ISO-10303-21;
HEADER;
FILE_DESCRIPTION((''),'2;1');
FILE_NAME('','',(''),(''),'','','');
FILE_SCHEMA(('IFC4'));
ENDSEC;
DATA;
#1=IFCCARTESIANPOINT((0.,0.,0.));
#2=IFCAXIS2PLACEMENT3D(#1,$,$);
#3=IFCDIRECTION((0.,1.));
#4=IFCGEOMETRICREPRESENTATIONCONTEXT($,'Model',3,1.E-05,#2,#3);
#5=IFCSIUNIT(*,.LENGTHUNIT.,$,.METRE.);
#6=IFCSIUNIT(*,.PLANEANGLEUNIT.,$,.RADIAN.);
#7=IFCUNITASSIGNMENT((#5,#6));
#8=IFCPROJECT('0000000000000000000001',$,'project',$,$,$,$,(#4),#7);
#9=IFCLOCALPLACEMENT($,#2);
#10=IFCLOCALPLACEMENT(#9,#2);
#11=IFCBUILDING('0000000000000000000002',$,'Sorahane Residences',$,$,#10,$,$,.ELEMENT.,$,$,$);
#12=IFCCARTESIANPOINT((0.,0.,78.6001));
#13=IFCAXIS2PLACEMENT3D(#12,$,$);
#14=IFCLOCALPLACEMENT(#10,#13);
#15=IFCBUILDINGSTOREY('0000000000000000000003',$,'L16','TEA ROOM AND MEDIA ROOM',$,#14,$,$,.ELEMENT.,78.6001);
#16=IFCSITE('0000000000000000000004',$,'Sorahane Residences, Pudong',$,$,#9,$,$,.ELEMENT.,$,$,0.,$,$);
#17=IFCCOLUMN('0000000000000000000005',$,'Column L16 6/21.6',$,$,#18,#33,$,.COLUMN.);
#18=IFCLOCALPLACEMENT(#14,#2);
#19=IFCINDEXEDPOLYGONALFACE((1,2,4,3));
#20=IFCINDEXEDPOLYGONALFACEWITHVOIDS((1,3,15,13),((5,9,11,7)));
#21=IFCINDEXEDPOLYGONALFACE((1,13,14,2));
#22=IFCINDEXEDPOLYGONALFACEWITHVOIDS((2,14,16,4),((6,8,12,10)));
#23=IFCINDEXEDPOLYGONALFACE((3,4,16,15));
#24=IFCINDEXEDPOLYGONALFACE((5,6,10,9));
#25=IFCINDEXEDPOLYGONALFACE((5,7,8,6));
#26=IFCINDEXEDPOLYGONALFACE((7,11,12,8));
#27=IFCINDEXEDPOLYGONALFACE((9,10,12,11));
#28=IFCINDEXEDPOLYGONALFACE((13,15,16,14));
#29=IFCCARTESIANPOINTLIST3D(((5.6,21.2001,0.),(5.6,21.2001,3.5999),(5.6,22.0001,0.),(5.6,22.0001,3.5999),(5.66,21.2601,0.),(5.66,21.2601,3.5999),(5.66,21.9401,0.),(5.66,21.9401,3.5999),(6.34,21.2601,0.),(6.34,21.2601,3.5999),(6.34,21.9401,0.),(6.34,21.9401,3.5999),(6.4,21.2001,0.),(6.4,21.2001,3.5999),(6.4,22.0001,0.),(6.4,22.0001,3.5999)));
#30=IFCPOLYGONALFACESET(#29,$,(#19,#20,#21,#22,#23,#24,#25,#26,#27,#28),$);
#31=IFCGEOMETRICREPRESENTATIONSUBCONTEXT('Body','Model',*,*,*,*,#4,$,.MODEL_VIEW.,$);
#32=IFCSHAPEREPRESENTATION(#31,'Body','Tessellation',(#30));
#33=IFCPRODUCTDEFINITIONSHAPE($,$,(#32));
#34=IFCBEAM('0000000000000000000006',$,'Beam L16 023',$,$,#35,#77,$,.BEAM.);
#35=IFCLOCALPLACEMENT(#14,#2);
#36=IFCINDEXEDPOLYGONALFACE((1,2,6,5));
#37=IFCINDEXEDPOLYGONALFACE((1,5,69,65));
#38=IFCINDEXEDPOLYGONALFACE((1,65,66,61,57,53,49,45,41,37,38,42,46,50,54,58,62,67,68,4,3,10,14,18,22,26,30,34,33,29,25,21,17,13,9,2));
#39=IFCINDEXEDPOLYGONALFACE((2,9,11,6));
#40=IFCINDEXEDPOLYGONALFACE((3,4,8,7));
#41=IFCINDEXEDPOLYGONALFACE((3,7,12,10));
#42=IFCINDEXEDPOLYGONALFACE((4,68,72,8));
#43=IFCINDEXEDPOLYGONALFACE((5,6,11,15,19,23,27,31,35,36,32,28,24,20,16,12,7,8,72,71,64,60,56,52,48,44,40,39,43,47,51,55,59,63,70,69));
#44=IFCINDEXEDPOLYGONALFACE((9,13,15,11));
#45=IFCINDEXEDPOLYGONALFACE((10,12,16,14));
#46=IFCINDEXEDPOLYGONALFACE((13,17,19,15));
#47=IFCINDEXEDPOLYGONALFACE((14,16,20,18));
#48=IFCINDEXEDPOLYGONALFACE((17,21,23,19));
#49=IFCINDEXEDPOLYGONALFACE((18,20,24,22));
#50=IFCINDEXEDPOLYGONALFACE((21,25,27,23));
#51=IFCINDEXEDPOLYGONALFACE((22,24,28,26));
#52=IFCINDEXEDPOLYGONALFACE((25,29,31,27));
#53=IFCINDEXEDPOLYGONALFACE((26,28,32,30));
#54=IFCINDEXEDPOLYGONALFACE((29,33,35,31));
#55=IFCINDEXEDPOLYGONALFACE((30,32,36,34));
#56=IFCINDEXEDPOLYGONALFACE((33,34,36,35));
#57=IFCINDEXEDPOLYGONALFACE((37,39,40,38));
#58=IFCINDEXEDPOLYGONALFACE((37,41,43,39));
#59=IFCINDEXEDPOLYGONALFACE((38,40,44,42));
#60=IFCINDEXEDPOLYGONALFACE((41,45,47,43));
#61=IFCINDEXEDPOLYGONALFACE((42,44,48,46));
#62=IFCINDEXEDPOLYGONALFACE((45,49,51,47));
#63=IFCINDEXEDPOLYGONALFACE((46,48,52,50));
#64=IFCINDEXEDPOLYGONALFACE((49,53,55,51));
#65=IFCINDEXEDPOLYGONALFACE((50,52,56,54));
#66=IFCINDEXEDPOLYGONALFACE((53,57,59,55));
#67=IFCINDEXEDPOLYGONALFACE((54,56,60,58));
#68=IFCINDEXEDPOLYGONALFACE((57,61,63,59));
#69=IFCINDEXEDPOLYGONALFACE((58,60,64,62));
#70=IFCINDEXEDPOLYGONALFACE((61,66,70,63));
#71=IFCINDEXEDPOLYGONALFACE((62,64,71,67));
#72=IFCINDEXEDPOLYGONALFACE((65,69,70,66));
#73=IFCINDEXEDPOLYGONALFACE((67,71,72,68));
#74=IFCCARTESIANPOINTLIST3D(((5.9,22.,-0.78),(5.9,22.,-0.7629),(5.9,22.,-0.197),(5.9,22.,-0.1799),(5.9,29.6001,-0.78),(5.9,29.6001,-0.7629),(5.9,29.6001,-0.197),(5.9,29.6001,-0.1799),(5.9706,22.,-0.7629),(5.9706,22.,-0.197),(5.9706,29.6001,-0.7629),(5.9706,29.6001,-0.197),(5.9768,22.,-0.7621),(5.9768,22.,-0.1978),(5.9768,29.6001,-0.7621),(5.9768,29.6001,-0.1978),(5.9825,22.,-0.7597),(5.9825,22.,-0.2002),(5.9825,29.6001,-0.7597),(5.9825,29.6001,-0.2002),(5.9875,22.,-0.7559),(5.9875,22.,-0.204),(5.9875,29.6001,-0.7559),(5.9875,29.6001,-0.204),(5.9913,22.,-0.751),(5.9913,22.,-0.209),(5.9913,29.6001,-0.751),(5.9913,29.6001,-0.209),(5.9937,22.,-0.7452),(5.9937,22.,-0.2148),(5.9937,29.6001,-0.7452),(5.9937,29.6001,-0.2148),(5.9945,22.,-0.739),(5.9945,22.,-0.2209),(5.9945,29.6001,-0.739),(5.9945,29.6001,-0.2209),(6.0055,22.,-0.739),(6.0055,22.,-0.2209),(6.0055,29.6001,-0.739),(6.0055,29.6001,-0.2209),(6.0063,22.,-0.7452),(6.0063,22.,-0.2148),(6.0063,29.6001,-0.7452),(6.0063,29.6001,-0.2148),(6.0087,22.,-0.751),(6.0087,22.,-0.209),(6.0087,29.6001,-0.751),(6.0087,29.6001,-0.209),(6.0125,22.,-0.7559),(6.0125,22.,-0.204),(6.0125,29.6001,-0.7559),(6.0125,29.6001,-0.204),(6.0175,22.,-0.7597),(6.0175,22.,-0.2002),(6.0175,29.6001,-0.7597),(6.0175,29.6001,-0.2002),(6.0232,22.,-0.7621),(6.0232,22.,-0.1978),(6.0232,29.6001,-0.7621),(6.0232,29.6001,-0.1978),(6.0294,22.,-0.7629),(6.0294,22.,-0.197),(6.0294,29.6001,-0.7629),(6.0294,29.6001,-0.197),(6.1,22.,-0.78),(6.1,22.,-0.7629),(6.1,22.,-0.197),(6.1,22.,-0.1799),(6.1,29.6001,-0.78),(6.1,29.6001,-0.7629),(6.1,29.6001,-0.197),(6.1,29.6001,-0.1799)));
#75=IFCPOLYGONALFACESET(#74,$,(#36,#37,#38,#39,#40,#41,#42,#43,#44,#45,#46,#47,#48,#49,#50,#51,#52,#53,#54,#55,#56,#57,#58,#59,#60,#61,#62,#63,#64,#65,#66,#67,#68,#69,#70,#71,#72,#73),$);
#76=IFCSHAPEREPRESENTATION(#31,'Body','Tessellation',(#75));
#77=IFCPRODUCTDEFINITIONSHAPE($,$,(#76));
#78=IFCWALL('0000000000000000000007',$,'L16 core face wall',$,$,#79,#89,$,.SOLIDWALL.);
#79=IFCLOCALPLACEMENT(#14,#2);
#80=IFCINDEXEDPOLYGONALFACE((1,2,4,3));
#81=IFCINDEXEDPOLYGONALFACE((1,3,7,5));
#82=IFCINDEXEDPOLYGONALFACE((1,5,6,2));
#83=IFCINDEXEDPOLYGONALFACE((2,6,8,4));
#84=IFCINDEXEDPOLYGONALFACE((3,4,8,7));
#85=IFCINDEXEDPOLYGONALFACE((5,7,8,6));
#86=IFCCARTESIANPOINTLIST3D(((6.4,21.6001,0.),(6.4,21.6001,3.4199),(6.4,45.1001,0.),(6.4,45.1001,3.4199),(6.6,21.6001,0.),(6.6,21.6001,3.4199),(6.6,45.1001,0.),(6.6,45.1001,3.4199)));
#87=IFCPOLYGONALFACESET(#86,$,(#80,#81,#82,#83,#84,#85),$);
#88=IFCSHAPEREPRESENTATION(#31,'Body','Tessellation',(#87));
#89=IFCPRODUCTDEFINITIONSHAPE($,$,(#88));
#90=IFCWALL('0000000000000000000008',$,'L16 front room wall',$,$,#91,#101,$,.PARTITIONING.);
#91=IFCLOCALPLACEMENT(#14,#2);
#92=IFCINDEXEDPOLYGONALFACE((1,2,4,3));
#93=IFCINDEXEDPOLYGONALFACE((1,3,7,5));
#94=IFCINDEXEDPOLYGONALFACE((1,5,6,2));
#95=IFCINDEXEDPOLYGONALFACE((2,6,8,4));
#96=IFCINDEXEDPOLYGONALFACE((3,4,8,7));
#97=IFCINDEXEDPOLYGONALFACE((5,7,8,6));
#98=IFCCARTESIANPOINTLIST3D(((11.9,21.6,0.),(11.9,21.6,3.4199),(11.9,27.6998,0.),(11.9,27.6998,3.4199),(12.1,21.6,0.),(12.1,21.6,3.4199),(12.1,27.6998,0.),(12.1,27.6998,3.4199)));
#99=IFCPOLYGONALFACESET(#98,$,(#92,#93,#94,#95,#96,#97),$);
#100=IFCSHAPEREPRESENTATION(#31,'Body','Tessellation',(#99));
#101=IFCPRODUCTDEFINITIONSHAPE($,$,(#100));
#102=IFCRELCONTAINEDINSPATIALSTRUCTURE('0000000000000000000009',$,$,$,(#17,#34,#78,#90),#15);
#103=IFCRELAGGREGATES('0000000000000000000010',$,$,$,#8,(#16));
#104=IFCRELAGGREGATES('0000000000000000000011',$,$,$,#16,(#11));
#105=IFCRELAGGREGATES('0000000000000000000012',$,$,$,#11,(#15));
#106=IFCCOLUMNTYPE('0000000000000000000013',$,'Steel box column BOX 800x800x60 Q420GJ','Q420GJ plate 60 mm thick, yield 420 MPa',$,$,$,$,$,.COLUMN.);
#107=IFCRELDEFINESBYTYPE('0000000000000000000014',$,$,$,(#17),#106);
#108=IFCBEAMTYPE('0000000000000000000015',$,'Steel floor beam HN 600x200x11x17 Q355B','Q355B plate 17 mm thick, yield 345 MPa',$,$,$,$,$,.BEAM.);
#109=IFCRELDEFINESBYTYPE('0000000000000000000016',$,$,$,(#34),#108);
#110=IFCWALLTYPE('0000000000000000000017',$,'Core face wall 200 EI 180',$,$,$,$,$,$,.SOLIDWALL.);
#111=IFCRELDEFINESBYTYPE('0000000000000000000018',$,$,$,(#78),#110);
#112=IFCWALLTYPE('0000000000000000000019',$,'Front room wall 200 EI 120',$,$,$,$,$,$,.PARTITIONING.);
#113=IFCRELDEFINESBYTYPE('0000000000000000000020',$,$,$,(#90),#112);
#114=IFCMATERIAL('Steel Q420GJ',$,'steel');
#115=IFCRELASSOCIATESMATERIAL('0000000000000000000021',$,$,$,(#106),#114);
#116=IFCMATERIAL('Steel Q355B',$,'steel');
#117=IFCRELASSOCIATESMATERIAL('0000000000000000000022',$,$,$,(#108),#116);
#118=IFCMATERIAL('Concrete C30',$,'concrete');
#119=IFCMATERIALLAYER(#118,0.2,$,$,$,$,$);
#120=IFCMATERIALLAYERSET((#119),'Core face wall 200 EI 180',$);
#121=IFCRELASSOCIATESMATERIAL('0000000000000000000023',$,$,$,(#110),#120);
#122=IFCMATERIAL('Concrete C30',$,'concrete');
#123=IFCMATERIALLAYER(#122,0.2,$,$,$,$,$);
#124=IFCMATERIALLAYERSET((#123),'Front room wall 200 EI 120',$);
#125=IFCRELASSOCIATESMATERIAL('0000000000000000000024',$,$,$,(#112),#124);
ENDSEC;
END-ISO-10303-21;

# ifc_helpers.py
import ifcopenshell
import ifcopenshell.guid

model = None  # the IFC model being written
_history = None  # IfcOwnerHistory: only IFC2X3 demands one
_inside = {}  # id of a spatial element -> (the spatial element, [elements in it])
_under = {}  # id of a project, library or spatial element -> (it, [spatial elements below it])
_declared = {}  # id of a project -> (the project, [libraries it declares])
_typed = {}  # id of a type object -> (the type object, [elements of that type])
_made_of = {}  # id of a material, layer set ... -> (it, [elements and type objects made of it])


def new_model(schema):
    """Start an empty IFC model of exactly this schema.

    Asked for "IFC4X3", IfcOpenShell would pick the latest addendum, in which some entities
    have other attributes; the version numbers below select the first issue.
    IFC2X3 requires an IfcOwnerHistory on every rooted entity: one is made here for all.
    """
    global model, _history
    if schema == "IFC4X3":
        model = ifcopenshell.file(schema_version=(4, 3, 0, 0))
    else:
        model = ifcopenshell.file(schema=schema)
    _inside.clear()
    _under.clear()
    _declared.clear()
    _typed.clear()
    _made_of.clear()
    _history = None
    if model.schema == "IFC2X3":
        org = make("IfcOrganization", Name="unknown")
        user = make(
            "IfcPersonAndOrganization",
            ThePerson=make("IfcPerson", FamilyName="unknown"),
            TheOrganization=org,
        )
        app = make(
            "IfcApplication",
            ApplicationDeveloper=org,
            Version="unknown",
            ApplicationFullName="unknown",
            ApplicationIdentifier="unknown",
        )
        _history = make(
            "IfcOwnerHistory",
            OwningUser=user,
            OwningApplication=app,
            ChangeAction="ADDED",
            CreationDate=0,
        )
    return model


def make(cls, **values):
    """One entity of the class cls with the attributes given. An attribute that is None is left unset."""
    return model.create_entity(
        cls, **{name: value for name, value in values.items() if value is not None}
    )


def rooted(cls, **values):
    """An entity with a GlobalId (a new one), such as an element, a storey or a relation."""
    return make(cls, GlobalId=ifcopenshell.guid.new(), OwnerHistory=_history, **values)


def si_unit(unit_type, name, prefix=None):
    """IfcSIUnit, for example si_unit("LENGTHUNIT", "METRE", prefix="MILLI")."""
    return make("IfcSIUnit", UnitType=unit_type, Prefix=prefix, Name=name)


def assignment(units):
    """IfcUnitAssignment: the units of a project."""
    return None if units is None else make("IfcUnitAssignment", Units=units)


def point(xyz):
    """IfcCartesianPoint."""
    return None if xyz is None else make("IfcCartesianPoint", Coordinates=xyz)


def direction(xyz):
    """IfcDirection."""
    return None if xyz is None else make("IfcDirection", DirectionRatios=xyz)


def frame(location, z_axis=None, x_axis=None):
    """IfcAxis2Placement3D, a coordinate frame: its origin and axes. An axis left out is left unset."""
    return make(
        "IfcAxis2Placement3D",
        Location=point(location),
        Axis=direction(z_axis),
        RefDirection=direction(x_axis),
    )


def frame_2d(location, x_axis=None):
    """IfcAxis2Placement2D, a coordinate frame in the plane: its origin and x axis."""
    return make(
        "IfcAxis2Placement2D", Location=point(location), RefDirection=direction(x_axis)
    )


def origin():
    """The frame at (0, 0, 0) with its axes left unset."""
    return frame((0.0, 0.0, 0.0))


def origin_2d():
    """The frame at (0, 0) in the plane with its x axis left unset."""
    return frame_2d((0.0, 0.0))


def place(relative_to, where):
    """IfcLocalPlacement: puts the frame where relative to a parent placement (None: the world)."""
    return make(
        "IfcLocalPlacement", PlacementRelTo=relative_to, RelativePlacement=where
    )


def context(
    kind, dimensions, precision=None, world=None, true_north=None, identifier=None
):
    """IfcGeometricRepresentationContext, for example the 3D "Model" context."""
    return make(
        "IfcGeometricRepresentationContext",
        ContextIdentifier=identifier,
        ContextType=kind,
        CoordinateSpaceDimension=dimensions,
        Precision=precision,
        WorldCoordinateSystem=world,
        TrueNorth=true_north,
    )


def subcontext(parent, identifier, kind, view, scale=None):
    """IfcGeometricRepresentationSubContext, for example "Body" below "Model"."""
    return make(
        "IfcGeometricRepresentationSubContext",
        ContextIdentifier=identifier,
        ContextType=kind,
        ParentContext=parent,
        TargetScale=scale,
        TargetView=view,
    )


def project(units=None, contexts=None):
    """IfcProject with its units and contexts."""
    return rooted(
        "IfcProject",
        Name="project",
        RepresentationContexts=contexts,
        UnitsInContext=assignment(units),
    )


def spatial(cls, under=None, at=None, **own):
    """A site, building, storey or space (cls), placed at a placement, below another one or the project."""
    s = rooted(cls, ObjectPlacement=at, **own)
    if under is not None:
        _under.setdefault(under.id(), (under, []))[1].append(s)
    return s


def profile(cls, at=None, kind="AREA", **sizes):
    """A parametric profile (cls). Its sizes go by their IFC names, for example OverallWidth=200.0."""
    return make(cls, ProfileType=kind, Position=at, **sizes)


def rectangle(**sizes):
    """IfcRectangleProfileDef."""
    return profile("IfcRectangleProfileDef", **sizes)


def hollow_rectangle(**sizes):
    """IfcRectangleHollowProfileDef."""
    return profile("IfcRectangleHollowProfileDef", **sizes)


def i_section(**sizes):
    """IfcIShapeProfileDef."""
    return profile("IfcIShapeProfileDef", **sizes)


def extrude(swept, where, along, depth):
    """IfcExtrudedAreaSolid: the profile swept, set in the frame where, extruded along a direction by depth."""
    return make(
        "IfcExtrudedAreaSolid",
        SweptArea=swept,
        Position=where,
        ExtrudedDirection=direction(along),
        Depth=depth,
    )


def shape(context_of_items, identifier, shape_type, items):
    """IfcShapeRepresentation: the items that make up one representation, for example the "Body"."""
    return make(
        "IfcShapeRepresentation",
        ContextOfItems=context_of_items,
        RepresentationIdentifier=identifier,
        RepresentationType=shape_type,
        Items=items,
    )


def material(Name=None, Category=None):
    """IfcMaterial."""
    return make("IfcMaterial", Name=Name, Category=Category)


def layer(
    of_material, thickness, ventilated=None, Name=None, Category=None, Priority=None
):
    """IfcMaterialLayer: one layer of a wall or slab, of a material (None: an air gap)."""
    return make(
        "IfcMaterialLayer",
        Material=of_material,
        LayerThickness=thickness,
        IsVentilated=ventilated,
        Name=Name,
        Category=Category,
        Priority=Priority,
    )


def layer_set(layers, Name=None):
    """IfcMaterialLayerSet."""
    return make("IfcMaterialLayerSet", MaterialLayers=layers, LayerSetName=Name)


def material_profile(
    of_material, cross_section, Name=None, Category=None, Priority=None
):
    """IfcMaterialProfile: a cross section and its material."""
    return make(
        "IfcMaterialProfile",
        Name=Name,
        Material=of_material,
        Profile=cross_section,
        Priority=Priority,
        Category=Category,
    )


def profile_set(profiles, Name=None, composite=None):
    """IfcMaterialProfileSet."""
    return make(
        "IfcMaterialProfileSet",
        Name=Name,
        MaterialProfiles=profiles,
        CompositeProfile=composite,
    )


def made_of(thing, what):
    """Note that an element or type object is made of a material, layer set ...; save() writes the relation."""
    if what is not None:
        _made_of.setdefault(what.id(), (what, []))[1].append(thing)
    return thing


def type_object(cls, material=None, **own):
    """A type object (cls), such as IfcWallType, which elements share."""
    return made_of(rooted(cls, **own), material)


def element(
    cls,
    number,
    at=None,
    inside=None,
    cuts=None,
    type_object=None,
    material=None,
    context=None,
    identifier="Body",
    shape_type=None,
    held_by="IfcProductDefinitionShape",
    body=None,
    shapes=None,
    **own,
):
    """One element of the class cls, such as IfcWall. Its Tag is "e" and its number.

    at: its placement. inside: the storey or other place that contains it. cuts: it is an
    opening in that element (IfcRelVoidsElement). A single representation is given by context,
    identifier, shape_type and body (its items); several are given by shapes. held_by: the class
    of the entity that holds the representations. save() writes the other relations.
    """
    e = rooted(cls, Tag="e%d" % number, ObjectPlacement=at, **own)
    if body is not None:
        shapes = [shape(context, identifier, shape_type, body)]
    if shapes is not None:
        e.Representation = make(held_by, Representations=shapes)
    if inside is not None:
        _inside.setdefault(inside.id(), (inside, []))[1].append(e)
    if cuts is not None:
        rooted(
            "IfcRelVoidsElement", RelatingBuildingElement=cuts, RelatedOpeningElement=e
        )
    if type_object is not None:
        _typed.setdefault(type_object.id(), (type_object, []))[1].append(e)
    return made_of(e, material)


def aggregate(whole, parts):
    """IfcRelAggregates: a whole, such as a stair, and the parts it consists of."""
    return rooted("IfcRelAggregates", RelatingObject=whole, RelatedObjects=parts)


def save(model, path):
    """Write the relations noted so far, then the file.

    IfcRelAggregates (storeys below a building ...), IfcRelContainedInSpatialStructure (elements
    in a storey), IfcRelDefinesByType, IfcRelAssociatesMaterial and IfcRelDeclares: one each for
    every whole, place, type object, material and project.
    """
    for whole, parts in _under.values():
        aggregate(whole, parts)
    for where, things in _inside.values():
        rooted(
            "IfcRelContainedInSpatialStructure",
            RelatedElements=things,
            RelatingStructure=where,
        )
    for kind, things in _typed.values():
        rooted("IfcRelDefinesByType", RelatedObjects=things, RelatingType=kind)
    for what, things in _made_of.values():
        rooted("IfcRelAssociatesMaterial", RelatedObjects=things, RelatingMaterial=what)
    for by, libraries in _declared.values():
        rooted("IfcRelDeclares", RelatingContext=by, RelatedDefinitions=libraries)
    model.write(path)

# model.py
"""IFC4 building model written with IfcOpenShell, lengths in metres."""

from ifc_helpers import new_model, si_unit, direction, frame, frame_2d, origin, origin_2d, place, context, subcontext, project, spatial, rectangle, hollow_rectangle, i_section, extrude, material, layer, layer_set, material_profile, profile_set, type_object, element, save


model = new_model("IFC4")

# Units and contexts
model_context = context("Model", 3, precision=1e-05, world=origin(), true_north=direction((0.0, 1.0)))
body_context = subcontext(model_context, "Body", "Model", "MODEL_VIEW")
ifc_project = project(units=[si_unit("LENGTHUNIT", "METRE"), si_unit("PLANEANGLEUNIT", "RADIAN")], contexts=[model_context])

# Site, building, storey
site_placement = place(None, origin())
site = spatial("IfcSite", under=ifc_project, at=site_placement, Name="Sorahane Residences, Pudong", CompositionType="ELEMENT", RefElevation=0.0)
building_placement = place(site_placement, origin())
building = spatial("IfcBuilding", under=site, at=building_placement, Name="Sorahane Residences", CompositionType="ELEMENT")
storey_placement = place(building_placement, frame((0.0, 0.0, 78.6001)))
storey = spatial("IfcBuildingStorey", under=building, at=storey_placement, Name="L16", Description="TEA ROOM AND MEDIA ROOM", CompositionType="ELEMENT", Elevation=78.6001)

# Column
ifc_material_1 = material(Name="Steel Q420GJ", Category="steel")
ifc_material_profile_1 = material_profile(ifc_material_1, hollow_rectangle(XDim=0.8, YDim=0.8, WallThickness=0.0601, at=origin_2d()), Name="BOX 800x800x60")
ifc_profile_set_1 = profile_set([ifc_material_profile_1], Name="Steel Q420GJ")
column_type = type_object("IfcColumnType", Name="Steel box column BOX 800x800x60 Q420GJ", Description="Q420GJ plate 60 mm thick, yield 420 MPa", PredefinedType="COLUMN", material=ifc_profile_set_1)
column_placement = place(storey_placement, frame((6.0, 21.6001, 0.0), z_axis=(0.0, 0.0, 1.0), x_axis=(1.0, 0.0, 0.0)))
element("IfcColumn", 1, at=column_placement, inside=storey, type_object=column_type, Name="Column L16 6/21.6", PredefinedType="COLUMN", context=body_context, shape_type="SweptSolid", body=[
    extrude(hollow_rectangle(XDim=0.8, YDim=0.8, WallThickness=0.0601, at=origin_2d()), origin(), (0.0, 0.0, 1.0), 3.5999),
])

# Beam
ifc_material_2 = material(Name="Steel Q355B", Category="steel")
ifc_material_profile_2 = material_profile(ifc_material_2, i_section(OverallWidth=0.2, OverallDepth=0.6001, WebThickness=0.011, FlangeThickness=0.0171, FilletRadius=0.0239, at=origin_2d()), Name="HN 600x200x11x17")
ifc_profile_set_2 = profile_set([ifc_material_profile_2], Name="Steel Q355B")
beam_type = type_object("IfcBeamType", Name="Steel floor beam HN 600x200x11x17 Q355B", Description="Q355B plate 17 mm thick, yield 345 MPa", PredefinedType="BEAM", material=ifc_profile_set_2)
beam_placement = place(storey_placement, frame((6.0, 22.0, -0.48), z_axis=(0.0, 1.0, 0.0), x_axis=(-1.0, 0.0, 0.0)))
element("IfcBeam", 2, at=beam_placement, inside=storey, type_object=beam_type, Name="Beam L16 023", PredefinedType="BEAM", context=body_context, shape_type="SweptSolid", body=[
    extrude(i_section(OverallWidth=0.2, OverallDepth=0.6001, WebThickness=0.011, FlangeThickness=0.0171, FilletRadius=0.0239, at=origin_2d()), origin(), (0.0, 0.0, 1.0), 7.6001),
])

# Walls
ifc_material_3 = material(Name="Concrete C30", Category="concrete")
ifc_layer_1 = layer(ifc_material_3, 0.2)
ifc_layer_set_1 = layer_set([ifc_layer_1], Name="Core face wall 200 EI 180")
wall_type_1 = type_object("IfcWallType", Name="Core face wall 200 EI 180", PredefinedType="SOLIDWALL", material=ifc_layer_set_1)
wall_1_placement = place(storey_placement, frame((6.5, 21.6001, 0.0), z_axis=(0.0, 0.0, 1.0), x_axis=(0.0, 1.0, 0.0)))
element("IfcWall", 3, at=wall_1_placement, inside=storey, type_object=wall_type_1, Name="L16 core face wall", PredefinedType="SOLIDWALL", context=body_context, shape_type="SweptSolid", body=[
    extrude(rectangle(XDim=23.5, YDim=0.2, at=frame_2d((11.75, 0.0))), origin(), (0.0, 0.0, 1.0), 3.4199),
])
ifc_material_4 = material(Name="Concrete C30", Category="concrete")
ifc_layer_2 = layer(ifc_material_4, 0.2)
ifc_layer_set_2 = layer_set([ifc_layer_2], Name="Front room wall 200 EI 120")
wall_type_2 = type_object("IfcWallType", Name="Front room wall 200 EI 120", PredefinedType="PARTITIONING", material=ifc_layer_set_2)
wall_2_placement = place(storey_placement, frame((12.0, 21.6001, 0.0), z_axis=(0.0, 0.0, 1.0), x_axis=(0.0, 1.0, 0.0)))
element("IfcWall", 4, at=wall_2_placement, inside=storey, type_object=wall_type_2, Name="L16 front room wall", PredefinedType="PARTITIONING", context=body_context, shape_type="SweptSolid", body=[
    extrude(rectangle(XDim=6.0999, YDim=0.2, at=frame_2d((3.0498, 0.0))), origin(), (0.0, 0.0, 1.0), 3.4199),
])

save(model, "model.ifc")
